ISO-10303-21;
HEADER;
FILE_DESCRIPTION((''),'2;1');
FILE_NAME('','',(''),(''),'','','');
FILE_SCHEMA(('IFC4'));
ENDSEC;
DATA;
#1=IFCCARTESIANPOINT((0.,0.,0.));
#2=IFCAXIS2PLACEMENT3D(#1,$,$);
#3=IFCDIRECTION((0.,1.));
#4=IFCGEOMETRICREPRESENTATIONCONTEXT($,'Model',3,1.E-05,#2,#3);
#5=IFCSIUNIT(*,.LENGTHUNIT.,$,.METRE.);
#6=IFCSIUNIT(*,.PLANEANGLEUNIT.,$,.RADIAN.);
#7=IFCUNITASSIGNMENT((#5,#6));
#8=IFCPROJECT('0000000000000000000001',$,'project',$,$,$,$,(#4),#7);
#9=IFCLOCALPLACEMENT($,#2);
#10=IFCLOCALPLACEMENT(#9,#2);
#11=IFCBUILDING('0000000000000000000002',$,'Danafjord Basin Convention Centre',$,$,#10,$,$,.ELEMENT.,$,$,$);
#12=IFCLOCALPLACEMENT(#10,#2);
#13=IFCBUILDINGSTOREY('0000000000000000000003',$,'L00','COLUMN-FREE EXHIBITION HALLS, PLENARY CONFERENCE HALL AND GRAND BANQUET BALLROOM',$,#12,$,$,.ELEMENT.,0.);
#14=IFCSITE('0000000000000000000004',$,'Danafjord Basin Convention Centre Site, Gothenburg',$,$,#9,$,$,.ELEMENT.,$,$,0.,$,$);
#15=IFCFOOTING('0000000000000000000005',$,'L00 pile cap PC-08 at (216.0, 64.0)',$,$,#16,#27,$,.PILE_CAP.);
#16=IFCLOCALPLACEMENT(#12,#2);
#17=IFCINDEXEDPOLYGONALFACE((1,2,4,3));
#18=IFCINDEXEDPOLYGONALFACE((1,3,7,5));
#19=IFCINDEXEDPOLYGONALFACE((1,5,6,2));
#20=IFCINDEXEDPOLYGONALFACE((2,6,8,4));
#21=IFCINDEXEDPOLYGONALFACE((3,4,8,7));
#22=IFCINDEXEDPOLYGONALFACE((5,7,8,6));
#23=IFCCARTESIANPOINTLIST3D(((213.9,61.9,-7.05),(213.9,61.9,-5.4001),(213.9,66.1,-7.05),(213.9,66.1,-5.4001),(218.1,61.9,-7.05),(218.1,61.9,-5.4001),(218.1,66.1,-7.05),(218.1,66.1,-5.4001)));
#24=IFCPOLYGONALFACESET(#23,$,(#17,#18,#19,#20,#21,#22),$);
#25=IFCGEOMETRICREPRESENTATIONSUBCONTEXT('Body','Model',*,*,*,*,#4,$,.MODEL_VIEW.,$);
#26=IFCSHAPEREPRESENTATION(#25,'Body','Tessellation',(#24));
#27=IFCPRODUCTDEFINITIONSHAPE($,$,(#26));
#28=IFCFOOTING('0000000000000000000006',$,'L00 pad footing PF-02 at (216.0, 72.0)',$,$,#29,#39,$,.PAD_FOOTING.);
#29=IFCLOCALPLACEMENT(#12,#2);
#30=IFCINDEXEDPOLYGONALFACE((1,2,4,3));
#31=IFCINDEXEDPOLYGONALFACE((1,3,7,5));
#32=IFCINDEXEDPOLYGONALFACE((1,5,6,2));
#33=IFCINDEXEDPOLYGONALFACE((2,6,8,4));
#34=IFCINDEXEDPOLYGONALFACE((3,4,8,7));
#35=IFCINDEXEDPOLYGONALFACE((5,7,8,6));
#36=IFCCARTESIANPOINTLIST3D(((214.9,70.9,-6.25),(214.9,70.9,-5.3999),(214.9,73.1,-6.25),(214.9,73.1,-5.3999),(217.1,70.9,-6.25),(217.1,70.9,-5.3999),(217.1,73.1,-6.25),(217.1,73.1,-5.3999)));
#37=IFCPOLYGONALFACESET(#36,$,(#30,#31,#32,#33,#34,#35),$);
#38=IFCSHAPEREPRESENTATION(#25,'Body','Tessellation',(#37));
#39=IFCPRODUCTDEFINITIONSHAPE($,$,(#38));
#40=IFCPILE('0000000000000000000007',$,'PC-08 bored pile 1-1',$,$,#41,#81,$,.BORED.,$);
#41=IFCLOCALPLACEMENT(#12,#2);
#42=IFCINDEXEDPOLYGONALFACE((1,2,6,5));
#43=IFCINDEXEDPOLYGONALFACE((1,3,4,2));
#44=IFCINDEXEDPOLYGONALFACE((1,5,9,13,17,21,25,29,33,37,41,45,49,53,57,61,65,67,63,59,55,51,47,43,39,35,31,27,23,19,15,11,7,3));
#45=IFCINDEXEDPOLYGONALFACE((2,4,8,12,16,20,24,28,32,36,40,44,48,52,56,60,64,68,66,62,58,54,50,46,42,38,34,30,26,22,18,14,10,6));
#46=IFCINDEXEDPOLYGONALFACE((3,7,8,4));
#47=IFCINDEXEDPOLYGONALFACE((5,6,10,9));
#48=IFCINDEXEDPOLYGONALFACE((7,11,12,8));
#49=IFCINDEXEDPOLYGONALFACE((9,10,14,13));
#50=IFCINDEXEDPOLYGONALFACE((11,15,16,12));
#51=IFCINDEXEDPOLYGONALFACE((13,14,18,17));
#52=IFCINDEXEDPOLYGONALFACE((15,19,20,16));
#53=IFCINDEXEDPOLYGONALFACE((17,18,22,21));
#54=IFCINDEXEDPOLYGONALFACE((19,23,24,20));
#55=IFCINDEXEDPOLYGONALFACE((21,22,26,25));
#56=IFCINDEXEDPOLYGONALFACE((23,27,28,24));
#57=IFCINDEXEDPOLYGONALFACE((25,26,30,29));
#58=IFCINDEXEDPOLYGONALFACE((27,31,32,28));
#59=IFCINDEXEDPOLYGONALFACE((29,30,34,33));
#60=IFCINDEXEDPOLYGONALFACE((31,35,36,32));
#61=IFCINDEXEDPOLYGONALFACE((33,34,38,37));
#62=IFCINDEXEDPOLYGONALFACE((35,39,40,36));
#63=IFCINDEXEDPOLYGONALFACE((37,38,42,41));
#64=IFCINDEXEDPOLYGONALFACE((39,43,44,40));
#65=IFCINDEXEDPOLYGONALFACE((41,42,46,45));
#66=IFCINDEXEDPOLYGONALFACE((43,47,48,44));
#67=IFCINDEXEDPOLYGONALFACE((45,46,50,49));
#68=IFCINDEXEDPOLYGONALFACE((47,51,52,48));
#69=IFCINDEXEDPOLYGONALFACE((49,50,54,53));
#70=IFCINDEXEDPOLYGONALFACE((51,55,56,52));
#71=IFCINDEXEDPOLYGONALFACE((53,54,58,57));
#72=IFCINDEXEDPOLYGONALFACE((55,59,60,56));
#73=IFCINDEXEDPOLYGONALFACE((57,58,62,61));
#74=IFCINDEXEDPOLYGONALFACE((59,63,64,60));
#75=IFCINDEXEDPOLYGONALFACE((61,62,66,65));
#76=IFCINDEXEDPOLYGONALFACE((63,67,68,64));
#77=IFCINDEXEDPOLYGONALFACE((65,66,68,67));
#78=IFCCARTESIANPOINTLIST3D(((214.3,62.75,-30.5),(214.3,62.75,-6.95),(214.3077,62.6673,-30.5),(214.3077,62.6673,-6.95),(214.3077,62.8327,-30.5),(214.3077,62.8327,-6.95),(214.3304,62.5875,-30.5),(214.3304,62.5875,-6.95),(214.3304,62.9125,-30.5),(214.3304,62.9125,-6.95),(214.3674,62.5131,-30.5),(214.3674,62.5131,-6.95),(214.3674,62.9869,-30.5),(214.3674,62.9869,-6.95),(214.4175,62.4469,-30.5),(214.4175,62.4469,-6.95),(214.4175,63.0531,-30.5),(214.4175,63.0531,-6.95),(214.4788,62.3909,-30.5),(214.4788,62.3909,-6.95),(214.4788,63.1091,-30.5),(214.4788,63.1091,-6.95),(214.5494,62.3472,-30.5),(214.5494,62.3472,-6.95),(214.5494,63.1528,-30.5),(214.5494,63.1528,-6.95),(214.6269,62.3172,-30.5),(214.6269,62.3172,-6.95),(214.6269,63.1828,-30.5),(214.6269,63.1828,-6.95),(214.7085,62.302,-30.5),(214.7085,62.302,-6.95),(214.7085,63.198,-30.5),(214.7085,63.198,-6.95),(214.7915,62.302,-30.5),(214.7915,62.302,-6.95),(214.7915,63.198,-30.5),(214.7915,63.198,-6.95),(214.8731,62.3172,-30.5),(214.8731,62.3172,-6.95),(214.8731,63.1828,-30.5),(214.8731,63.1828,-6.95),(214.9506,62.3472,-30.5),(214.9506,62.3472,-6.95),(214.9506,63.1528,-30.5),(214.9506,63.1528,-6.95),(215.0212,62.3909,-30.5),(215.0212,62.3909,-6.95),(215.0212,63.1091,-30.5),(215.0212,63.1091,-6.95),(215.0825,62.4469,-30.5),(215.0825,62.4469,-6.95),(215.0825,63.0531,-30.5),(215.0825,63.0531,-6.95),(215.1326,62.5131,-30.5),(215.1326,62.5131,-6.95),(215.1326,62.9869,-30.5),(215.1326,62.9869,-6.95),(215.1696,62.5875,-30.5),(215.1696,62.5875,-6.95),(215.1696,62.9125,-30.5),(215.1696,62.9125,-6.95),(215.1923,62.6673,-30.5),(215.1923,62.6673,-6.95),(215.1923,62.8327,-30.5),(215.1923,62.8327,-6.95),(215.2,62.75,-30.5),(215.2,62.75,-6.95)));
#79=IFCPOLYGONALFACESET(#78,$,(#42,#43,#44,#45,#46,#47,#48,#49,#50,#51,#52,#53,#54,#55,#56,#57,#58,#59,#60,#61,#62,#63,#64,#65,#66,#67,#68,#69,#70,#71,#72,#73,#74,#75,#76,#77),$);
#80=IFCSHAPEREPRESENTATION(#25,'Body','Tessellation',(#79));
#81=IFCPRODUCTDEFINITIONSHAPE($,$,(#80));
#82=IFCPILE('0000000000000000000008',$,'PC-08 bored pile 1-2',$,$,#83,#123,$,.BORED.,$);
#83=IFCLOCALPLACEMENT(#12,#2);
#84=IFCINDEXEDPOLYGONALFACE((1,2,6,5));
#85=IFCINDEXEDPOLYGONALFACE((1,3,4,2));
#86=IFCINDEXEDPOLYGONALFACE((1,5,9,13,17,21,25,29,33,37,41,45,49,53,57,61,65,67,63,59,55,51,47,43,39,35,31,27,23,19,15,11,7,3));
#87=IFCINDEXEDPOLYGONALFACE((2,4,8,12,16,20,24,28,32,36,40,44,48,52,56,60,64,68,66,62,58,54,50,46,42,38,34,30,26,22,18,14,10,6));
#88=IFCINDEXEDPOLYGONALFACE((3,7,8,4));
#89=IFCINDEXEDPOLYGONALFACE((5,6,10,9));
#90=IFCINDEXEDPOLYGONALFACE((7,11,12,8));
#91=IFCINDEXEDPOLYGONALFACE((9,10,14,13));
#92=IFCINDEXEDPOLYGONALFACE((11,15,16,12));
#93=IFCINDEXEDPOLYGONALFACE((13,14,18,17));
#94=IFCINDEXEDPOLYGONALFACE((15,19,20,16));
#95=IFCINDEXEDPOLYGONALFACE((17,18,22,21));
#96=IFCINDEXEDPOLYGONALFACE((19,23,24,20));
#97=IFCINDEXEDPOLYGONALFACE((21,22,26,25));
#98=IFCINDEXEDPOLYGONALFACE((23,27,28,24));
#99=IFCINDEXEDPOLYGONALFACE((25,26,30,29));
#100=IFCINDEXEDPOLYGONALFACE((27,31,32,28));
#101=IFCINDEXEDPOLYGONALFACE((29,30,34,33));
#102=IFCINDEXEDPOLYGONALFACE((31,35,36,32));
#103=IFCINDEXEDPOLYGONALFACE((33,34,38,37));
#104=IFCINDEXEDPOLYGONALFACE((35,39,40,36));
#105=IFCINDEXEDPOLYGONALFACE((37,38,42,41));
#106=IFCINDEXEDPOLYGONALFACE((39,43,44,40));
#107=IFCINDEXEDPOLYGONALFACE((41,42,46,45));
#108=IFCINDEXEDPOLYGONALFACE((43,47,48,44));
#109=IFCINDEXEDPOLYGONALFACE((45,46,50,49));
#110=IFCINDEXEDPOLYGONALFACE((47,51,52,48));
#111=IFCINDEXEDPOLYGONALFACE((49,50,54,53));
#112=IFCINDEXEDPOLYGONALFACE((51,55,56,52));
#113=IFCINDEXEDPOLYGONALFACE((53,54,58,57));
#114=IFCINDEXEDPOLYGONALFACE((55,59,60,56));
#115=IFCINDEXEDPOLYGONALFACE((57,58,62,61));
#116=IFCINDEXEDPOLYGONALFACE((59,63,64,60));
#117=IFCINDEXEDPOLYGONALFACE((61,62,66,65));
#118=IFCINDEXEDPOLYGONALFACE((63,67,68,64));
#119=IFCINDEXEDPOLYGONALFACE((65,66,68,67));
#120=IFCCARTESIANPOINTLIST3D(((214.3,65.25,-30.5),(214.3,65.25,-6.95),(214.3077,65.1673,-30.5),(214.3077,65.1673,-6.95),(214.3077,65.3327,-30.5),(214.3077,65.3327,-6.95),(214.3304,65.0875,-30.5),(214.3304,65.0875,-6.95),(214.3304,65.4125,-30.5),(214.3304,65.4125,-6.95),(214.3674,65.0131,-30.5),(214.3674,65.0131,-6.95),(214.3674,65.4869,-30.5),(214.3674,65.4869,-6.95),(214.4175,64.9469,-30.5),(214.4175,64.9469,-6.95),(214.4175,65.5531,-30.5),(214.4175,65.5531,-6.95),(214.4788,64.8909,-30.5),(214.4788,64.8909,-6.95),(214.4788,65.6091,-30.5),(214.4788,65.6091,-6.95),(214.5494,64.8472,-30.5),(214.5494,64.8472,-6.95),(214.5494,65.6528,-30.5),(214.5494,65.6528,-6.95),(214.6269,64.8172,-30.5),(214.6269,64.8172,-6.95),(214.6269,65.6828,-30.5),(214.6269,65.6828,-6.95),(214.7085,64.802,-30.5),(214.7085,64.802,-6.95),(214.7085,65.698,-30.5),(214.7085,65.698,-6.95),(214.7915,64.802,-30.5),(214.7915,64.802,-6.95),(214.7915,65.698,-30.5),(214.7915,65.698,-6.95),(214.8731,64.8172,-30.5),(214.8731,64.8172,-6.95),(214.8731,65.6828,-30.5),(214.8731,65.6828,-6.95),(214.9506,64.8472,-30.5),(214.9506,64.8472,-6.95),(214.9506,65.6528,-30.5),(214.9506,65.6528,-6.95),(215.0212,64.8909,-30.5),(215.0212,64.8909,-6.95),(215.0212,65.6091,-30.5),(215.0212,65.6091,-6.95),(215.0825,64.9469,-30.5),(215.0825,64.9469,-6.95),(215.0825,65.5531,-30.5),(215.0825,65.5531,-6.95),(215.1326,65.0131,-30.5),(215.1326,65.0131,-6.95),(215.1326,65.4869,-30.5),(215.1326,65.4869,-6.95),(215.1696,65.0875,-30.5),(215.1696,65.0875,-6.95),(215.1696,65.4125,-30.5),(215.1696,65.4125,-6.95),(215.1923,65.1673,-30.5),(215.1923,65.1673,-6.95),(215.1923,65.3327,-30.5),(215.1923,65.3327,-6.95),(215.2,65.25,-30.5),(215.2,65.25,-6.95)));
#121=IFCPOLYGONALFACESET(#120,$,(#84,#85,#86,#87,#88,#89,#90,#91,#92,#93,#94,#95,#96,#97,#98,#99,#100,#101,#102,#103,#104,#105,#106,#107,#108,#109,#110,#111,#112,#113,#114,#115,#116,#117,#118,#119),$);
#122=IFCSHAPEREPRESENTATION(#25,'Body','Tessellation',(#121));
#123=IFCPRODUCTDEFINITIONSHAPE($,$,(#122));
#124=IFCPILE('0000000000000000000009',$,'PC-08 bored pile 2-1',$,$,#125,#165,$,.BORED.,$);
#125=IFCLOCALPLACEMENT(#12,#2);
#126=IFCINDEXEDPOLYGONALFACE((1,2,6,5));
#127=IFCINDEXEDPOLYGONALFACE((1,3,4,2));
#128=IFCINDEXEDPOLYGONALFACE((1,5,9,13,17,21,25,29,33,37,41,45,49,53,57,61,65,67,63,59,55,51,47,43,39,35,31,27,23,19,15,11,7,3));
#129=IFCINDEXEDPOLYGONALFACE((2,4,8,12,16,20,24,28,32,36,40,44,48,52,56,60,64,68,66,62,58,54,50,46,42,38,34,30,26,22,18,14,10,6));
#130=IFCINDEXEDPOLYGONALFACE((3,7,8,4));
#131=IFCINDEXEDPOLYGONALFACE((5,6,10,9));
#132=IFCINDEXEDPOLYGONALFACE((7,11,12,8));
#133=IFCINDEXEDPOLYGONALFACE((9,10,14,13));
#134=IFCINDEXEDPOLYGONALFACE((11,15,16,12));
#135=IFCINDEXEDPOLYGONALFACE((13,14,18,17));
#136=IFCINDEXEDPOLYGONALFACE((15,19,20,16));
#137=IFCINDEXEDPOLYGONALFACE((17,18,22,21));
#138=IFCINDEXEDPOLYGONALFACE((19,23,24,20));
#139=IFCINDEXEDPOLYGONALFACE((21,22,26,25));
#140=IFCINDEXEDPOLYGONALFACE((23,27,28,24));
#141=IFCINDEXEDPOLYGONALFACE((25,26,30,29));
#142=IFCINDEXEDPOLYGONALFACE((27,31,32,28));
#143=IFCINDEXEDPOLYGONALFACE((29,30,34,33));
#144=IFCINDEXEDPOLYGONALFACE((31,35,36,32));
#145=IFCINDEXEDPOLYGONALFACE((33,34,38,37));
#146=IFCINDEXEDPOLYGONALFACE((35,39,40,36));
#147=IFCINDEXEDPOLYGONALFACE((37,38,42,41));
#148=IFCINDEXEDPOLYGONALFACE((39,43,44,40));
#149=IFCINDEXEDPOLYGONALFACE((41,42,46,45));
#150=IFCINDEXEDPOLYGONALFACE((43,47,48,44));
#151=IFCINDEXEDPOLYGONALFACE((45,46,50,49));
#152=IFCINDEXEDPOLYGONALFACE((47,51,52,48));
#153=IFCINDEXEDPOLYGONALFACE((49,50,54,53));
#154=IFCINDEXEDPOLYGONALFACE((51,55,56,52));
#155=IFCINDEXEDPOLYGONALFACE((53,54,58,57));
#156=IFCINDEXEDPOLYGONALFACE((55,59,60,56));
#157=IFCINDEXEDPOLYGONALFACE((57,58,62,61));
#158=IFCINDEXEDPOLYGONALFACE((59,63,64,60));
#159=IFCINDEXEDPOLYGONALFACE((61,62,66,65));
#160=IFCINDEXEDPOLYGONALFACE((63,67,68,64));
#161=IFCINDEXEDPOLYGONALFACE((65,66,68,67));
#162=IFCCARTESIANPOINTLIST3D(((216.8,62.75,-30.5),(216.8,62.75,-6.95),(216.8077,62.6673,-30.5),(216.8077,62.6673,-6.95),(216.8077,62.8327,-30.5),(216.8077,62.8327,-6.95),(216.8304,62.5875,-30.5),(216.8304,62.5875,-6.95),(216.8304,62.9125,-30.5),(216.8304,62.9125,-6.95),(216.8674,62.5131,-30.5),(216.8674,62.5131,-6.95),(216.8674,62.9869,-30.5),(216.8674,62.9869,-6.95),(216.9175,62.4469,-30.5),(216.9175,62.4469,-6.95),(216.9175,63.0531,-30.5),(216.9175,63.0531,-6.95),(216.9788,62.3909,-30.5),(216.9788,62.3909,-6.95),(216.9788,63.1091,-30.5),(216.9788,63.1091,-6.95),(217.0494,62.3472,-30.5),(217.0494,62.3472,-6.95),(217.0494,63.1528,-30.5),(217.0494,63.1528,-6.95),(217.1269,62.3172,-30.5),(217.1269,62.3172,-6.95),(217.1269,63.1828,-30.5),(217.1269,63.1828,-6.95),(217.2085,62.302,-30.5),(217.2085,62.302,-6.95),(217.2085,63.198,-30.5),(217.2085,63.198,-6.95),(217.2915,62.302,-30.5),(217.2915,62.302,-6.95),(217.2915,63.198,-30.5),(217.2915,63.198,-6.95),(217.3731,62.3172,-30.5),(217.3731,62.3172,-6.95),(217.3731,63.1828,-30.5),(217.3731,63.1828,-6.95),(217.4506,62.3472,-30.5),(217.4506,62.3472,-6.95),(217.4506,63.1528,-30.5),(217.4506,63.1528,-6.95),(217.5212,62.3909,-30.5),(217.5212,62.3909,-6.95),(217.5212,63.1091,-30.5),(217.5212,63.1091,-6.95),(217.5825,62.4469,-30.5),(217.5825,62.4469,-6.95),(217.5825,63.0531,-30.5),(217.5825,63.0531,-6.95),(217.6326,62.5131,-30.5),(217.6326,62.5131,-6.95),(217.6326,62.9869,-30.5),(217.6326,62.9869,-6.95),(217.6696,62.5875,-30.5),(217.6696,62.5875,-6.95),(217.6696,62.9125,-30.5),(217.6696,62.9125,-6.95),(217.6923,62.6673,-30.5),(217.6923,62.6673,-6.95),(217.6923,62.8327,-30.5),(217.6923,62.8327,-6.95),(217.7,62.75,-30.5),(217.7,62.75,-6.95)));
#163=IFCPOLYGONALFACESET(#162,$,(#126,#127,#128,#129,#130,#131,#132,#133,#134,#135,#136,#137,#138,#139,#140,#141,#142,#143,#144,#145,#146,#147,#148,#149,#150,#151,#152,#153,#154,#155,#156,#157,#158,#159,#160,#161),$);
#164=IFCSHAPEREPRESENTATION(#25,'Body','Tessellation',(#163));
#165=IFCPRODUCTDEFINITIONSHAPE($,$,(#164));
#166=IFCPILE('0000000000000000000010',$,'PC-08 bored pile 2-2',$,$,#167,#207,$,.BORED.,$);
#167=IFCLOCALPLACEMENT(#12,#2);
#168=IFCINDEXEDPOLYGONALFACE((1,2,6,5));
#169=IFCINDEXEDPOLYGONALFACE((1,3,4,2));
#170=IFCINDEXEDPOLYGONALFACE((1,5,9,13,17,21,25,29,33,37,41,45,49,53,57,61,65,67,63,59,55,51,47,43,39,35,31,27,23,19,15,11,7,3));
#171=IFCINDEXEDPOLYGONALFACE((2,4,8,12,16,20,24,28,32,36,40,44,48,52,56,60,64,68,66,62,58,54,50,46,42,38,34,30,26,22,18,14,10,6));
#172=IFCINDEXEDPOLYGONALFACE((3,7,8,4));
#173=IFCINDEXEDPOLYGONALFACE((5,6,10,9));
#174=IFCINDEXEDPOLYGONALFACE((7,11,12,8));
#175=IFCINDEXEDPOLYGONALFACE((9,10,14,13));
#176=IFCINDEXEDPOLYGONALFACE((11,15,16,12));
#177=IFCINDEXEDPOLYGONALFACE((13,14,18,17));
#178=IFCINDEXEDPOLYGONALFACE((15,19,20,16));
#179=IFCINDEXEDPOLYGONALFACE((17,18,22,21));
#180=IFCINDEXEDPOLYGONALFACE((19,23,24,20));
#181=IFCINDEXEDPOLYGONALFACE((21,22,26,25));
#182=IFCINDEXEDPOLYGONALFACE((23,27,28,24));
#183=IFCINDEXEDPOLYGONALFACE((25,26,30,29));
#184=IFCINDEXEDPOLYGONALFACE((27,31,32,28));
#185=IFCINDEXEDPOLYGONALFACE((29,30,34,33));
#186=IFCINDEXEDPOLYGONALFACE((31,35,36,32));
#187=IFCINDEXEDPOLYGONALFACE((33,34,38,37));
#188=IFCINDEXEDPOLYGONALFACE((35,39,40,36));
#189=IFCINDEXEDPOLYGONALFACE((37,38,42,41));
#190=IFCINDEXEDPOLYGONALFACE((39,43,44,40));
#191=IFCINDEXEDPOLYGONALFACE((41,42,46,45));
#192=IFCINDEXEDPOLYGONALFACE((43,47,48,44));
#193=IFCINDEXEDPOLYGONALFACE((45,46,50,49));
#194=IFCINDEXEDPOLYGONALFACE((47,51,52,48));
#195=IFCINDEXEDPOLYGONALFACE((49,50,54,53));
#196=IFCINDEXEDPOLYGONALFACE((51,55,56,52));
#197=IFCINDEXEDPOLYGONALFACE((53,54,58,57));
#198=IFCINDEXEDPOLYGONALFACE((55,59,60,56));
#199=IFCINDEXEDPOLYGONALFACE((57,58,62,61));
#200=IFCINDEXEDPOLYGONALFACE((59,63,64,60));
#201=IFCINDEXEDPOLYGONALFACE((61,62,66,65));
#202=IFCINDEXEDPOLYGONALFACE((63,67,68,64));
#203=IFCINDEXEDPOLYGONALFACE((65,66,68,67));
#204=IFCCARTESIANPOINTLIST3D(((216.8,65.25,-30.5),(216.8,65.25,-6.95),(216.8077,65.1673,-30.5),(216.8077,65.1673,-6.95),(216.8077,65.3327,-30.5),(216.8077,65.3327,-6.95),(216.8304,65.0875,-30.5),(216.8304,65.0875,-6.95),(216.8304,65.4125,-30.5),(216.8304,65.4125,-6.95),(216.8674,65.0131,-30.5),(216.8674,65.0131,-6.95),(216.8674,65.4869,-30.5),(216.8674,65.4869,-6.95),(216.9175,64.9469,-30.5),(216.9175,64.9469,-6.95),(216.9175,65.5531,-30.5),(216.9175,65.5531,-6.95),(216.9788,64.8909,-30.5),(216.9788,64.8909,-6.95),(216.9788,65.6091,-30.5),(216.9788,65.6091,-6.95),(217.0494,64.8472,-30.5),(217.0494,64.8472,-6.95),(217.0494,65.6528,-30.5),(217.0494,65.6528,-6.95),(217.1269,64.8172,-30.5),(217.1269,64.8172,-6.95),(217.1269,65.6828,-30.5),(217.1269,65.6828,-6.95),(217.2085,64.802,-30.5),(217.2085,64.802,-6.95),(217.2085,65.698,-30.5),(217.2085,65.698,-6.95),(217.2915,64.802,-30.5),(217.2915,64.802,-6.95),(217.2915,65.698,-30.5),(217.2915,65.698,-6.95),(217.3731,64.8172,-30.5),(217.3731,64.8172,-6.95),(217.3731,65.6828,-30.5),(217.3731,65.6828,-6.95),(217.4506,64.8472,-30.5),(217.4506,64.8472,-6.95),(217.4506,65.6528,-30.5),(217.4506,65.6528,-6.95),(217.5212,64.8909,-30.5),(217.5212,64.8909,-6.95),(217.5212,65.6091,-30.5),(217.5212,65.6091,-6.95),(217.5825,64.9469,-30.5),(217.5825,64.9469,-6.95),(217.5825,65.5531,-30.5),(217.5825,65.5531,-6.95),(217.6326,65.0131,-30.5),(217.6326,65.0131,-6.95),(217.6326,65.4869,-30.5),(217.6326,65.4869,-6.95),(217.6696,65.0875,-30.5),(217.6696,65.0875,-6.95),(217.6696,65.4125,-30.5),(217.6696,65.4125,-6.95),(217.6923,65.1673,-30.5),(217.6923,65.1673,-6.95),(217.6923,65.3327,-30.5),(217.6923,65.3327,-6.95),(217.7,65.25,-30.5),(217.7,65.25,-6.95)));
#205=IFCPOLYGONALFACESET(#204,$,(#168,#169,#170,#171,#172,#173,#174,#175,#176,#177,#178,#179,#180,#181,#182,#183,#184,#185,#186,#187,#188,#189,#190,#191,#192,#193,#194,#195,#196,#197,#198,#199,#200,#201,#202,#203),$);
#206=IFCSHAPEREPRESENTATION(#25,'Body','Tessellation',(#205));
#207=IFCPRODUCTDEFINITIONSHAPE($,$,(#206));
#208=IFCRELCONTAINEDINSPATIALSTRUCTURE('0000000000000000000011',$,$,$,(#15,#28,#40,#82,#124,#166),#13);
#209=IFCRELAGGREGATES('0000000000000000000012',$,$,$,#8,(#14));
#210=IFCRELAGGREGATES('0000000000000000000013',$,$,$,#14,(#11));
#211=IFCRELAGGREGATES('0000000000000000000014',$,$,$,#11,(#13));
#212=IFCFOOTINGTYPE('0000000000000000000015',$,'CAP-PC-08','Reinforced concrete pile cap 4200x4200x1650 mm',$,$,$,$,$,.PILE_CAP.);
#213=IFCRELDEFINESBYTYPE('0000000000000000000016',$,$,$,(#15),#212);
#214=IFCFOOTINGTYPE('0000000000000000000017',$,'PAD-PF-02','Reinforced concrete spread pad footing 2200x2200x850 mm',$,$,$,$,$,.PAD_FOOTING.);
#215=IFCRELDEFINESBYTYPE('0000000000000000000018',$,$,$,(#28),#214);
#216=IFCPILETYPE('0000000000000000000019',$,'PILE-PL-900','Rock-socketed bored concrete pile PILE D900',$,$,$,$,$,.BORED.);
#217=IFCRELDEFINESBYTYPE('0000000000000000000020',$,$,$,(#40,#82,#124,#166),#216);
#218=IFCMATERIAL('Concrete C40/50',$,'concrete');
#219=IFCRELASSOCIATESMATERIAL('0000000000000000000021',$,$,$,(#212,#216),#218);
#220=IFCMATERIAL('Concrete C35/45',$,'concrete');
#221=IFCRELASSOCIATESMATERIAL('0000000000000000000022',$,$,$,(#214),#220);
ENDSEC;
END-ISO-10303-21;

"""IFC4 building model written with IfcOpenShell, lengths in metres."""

from ifc_helpers import new_model, si_unit, direction, frame, origin, origin_2d, place, context, subcontext, project, spatial, rectangle, circle, extrude, material, material_profile, profile_set, type_object, element, save


model = new_model("IFC4")

# Units and contexts
model_context = context("Model", 3, precision=1e-05, world=origin(), true_north=direction((0.0, 1.0)))
body_context = subcontext(model_context, "Body", "Model", "MODEL_VIEW")
ifc_project = project(units=[si_unit("LENGTHUNIT", "METRE"), si_unit("PLANEANGLEUNIT", "RADIAN")], contexts=[model_context])

# Site, building, storey
site_placement = place(None, origin())
site = spatial("IfcSite", under=ifc_project, at=site_placement, Name="Danafjord Basin Convention Centre Site, Gothenburg", CompositionType="ELEMENT", RefElevation=0.0)
building_placement = place(site_placement, origin())
building = spatial("IfcBuilding", under=site, at=building_placement, Name="Danafjord Basin Convention Centre", CompositionType="ELEMENT")
storey_placement = place(building_placement, origin())
storey = spatial("IfcBuildingStorey", under=building, at=storey_placement, Name="L00", Description="COLUMN-FREE EXHIBITION HALLS, PLENARY CONFERENCE HALL AND GRAND BANQUET BALLROOM", CompositionType="ELEMENT", Elevation=0.0)

# Footings
ifc_material_1 = material(Name="Concrete C40/50", Category="concrete")
footing_type_1 = type_object("IfcFootingType", Name="CAP-PC-08", Description="Reinforced concrete pile cap 4200x4200x1650 mm", PredefinedType="PILE_CAP", material=ifc_material_1)
footing_1_placement = place(storey_placement, frame((216.0, 64.0, -7.05), z_axis=(0.0, 0.0, 1.0), x_axis=(1.0, 0.0, 0.0)))
element("IfcFooting", 1, at=footing_1_placement, inside=storey, type_object=footing_type_1, Name="L00 pile cap PC-08 at (216.0, 64.0)", PredefinedType="PILE_CAP", context=body_context, shape_type="SweptSolid", body=[
    extrude(rectangle(XDim=4.2, YDim=4.2, at=origin_2d()), origin(), (0.0, 0.0, 1.0), 1.6499),
])
ifc_material_2 = material(Name="Concrete C35/45", Category="concrete")
footing_type_2 = type_object("IfcFootingType", Name="PAD-PF-02", Description="Reinforced concrete spread pad footing 2200x2200x850 mm", PredefinedType="PAD_FOOTING", material=ifc_material_2)
footing_2_placement = place(storey_placement, frame((216.0, 72.0, -6.25), z_axis=(0.0, 0.0, 1.0), x_axis=(1.0, 0.0, 0.0)))
element("IfcFooting", 2, at=footing_2_placement, inside=storey, type_object=footing_type_2, Name="L00 pad footing PF-02 at (216.0, 72.0)", PredefinedType="PAD_FOOTING", context=body_context, shape_type="SweptSolid", body=[
    extrude(rectangle(XDim=2.2, YDim=2.2, at=origin_2d()), origin(), (0.0, 0.0, 1.0), 0.8501),
])

# Piles
ifc_material_profile_1 = material_profile(ifc_material_1, circle(Radius=0.45, at=origin_2d()), Name="PILE D900")
ifc_profile_set_1 = profile_set([ifc_material_profile_1], Name="Concrete C40/50")
pile_type = type_object("IfcPileType", Name="PILE-PL-900", Description="Rock-socketed bored concrete pile PILE D900", PredefinedType="BORED", material=ifc_profile_set_1)
for number, where, z_axis, x_axis, name in (
    (3, (214.75, 62.75, -6.95), (0.0, 0.0, -1.0), (1.0, 0.0, 0.0), "PC-08 bored pile 1-1"),
    (4, (214.75, 65.25, -6.95), (0.0, 0.0, -1.0), (1.0, 0.0, 0.0), "PC-08 bored pile 1-2"),
    (5, (217.25, 62.75, -6.95), (0.0, 0.0, -1.0), (1.0, 0.0, 0.0), "PC-08 bored pile 2-1"),
    (6, (217.25, 65.25, -6.95), (0.0, 0.0, -1.0), (1.0, 0.0, 0.0), "PC-08 bored pile 2-2"),
):
    element("IfcPile", number, at=place(storey_placement, frame(where, z_axis=z_axis, x_axis=x_axis)), inside=storey, type_object=pile_type, Name=name, PredefinedType="BORED", context=body_context, shape_type="SweptSolid", body=[
        extrude(circle(Radius=0.45, at=origin_2d()), origin(), (0.0, 0.0, 1.0), 23.55),
    ])

save(model, "model.ifc")
